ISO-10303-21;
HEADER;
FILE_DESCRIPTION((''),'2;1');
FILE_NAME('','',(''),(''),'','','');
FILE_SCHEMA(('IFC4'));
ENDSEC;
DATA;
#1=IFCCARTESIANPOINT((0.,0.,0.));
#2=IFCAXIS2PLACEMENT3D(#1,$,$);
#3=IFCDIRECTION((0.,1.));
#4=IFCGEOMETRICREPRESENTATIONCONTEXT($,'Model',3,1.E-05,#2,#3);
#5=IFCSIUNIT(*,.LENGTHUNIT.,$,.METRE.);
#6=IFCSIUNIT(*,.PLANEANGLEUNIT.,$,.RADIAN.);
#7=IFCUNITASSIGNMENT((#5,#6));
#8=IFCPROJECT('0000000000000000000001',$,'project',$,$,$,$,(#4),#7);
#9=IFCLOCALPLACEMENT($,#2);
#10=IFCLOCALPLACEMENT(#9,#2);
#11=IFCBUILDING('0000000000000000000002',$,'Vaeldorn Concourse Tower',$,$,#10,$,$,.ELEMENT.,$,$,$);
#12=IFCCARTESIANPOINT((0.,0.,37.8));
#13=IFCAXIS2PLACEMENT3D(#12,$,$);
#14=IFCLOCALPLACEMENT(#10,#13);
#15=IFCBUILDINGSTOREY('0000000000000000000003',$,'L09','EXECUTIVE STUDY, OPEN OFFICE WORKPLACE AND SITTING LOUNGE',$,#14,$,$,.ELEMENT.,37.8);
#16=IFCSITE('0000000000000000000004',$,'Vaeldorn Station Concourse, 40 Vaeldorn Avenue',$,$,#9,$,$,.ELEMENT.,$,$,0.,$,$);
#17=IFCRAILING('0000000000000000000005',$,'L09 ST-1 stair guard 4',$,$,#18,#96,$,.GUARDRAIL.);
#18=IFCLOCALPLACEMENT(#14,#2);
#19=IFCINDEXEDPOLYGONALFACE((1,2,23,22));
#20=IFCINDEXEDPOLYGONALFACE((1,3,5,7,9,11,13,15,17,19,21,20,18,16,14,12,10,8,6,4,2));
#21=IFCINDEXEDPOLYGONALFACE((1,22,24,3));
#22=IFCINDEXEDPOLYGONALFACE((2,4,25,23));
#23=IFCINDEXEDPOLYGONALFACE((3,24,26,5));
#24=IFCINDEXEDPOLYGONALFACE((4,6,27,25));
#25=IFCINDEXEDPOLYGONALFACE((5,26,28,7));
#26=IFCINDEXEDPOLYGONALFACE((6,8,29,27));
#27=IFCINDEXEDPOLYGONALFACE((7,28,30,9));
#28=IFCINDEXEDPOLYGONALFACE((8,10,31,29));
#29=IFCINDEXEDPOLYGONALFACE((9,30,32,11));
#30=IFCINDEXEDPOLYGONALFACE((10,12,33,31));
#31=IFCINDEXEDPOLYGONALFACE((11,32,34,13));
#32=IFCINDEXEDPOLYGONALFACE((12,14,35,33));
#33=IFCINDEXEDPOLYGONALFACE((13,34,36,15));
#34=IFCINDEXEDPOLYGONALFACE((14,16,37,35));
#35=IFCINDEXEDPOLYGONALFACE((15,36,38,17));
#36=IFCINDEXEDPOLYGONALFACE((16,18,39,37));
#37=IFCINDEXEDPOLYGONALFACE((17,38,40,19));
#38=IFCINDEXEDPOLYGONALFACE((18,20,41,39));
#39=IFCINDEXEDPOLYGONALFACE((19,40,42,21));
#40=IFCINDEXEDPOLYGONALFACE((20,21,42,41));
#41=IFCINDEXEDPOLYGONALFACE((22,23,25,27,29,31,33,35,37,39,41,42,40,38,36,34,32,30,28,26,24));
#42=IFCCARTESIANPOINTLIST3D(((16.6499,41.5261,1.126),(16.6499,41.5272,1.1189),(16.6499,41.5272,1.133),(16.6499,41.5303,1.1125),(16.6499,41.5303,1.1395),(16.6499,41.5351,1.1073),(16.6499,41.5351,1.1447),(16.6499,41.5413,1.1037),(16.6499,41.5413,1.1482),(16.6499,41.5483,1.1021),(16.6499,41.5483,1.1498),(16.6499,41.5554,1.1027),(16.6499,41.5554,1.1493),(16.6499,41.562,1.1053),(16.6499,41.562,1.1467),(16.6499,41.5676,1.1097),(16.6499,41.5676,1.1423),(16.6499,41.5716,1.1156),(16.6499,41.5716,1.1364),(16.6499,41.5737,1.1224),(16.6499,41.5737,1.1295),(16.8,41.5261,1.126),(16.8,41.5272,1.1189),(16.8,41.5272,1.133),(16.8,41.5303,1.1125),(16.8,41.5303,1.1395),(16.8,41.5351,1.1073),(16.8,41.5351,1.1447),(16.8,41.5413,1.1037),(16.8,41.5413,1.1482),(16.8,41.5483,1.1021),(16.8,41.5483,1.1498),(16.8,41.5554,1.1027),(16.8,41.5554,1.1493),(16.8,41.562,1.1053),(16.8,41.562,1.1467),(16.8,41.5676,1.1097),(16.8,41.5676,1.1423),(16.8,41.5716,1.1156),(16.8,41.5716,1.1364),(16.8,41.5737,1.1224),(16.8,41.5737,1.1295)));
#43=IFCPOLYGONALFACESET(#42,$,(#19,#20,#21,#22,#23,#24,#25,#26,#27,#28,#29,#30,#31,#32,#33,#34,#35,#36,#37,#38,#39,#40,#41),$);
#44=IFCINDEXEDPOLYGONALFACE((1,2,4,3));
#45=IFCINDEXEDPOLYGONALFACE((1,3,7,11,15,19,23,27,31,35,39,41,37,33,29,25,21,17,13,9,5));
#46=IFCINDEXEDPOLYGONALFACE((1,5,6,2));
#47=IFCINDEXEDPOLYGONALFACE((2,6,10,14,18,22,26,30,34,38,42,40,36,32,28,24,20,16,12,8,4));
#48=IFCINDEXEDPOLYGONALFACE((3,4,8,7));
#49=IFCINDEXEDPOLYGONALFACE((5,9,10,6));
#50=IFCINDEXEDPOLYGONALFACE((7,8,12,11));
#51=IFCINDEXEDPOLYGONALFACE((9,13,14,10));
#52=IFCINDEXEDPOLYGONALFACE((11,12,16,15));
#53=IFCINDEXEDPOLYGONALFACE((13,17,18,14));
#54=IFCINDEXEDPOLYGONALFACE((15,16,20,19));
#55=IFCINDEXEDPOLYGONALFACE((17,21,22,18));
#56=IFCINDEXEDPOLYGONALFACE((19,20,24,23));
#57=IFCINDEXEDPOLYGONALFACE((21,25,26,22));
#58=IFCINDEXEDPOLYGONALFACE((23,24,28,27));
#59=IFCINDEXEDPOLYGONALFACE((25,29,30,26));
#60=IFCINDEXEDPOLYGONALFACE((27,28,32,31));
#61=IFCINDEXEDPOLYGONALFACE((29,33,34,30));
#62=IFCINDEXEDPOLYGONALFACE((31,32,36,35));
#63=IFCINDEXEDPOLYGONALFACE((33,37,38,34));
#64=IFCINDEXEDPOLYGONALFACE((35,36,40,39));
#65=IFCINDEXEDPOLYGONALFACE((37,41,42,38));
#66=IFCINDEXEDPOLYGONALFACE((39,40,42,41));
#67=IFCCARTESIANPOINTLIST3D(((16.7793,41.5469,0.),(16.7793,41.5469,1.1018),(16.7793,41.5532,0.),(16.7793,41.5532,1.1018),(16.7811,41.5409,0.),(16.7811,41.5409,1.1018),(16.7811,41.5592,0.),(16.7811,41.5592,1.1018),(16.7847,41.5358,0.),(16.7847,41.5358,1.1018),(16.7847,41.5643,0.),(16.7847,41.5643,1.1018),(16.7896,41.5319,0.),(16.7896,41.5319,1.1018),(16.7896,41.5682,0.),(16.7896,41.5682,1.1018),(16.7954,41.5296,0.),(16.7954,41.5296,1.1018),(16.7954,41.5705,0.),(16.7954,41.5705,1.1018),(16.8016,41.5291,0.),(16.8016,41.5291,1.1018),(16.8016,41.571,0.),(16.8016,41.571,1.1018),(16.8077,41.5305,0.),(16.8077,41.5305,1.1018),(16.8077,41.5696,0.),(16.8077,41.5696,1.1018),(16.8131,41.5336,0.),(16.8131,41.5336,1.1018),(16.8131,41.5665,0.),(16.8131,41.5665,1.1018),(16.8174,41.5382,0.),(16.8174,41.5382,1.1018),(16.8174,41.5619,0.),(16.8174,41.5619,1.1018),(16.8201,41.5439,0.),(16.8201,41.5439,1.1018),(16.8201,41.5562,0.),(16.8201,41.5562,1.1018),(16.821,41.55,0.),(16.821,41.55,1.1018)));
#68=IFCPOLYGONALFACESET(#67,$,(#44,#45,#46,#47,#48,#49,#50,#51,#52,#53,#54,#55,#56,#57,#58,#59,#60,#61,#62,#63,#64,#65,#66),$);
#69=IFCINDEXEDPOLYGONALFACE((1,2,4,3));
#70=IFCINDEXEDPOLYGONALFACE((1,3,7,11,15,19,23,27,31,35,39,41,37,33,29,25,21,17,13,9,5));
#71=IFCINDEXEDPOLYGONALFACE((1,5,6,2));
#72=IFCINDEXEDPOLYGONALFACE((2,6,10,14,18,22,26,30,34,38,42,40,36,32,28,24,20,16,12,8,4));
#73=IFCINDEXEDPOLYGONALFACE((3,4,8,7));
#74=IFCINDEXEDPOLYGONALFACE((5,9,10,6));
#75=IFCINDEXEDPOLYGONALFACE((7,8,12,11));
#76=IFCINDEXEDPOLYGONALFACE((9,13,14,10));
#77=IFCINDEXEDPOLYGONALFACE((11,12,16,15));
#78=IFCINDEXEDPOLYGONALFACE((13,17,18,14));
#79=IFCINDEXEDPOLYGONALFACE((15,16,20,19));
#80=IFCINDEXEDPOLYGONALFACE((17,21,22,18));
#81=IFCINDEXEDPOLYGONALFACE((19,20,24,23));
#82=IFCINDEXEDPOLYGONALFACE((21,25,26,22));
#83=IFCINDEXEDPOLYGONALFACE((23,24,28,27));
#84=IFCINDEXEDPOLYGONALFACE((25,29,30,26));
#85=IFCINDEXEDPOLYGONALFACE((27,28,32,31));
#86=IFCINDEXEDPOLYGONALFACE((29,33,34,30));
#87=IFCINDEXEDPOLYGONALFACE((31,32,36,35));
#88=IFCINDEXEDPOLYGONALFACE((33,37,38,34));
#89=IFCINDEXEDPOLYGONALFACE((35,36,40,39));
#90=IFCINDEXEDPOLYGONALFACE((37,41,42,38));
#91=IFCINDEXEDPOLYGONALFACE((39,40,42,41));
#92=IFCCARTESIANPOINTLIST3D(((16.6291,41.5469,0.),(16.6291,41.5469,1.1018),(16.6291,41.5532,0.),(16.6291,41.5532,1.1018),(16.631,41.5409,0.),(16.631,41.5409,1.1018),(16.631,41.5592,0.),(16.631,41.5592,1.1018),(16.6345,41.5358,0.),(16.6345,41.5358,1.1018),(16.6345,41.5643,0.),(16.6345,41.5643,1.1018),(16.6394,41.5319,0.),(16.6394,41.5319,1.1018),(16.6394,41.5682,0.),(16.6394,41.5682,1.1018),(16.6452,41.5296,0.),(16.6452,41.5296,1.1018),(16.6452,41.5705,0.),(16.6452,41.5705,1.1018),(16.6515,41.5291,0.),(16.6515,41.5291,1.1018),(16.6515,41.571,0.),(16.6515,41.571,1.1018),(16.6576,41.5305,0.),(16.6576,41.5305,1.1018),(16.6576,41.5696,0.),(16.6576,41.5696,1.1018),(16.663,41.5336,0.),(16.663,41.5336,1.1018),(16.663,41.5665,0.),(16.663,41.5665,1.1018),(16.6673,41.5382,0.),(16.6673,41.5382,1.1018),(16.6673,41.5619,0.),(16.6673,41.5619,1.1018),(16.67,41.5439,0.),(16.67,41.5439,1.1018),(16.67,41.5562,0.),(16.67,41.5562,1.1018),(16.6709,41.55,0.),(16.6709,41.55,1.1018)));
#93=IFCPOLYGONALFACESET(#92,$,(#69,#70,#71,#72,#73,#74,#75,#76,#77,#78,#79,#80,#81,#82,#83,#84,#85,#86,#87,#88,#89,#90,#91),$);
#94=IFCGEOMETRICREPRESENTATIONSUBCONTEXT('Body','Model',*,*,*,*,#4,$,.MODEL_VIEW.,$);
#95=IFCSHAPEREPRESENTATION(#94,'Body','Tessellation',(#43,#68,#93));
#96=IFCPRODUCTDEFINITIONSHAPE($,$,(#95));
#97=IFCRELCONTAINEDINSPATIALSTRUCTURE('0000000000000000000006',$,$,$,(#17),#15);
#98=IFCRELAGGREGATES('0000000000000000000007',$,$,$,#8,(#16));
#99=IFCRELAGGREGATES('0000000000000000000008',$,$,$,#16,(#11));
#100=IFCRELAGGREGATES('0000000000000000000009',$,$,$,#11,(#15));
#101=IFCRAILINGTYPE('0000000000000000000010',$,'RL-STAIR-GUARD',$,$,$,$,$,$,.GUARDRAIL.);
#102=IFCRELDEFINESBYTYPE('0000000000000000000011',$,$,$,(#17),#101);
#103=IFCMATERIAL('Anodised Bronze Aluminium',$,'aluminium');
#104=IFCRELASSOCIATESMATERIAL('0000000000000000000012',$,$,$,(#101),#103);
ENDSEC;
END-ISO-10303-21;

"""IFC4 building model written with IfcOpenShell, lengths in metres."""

from ifc_helpers import new_model, si_unit, direction, frame, origin, origin_2d, place, context, subcontext, project, spatial, circle, extrude, material, type_object, element, save


model = new_model("IFC4")

# Units and contexts
model_context = context("Model", 3, precision=1e-05, world=origin(), true_north=direction((0.0, 1.0)))
body_context = subcontext(model_context, "Body", "Model", "MODEL_VIEW")
ifc_project = project(units=[si_unit("LENGTHUNIT", "METRE"), si_unit("PLANEANGLEUNIT", "RADIAN")], contexts=[model_context])

# Site, building, storey
site_placement = place(None, origin())
site = spatial("IfcSite", under=ifc_project, at=site_placement, Name="Vaeldorn Station Concourse, 40 Vaeldorn Avenue", CompositionType="ELEMENT", RefElevation=0.0)
building_placement = place(site_placement, origin())
building = spatial("IfcBuilding", under=site, at=building_placement, Name="Vaeldorn Concourse Tower", CompositionType="ELEMENT")
storey_placement = place(building_placement, frame((0.0, 0.0, 37.8)))
storey = spatial("IfcBuildingStorey", under=building, at=storey_placement, Name="L09", Description="EXECUTIVE STUDY, OPEN OFFICE WORKPLACE AND SITTING LOUNGE", CompositionType="ELEMENT", Elevation=37.8)

# Shared definitions
ifc_material_1 = material(Name="Anodised Bronze Aluminium", Category="aluminium")

# Railing
railing_type_1 = type_object("IfcRailingType", Name="RL-STAIR-GUARD", PredefinedType="GUARDRAIL", material=ifc_material_1)
railing_1_placement = place(storey_placement, frame((16.8, 41.55, 0.0)))
element("IfcRailing", 1, at=railing_1_placement, inside=storey, type_object=railing_type_1, Name="L09 ST-1 stair guard 4", PredefinedType="GUARDRAIL", context=body_context, shape_type="SweptSolid", body=[
    extrude(circle(Radius=0.0239, at=origin_2d()), frame((0.0, 0.0, 1.126), z_axis=(-1.0, 0.0, 0.0), x_axis=(0.0, -1.0, 0.0)), (0.0, 0.0, 1.0), 0.1501),
    extrude(circle(Radius=0.021, at=origin_2d()), origin(), (0.0, 0.0, 1.0), 1.1018),
    extrude(circle(Radius=0.021, at=origin_2d()), frame((-0.1501, 0.0, 0.0)), (0.0, 0.0, 1.0), 1.1018),
])

save(model, "model.ifc")
